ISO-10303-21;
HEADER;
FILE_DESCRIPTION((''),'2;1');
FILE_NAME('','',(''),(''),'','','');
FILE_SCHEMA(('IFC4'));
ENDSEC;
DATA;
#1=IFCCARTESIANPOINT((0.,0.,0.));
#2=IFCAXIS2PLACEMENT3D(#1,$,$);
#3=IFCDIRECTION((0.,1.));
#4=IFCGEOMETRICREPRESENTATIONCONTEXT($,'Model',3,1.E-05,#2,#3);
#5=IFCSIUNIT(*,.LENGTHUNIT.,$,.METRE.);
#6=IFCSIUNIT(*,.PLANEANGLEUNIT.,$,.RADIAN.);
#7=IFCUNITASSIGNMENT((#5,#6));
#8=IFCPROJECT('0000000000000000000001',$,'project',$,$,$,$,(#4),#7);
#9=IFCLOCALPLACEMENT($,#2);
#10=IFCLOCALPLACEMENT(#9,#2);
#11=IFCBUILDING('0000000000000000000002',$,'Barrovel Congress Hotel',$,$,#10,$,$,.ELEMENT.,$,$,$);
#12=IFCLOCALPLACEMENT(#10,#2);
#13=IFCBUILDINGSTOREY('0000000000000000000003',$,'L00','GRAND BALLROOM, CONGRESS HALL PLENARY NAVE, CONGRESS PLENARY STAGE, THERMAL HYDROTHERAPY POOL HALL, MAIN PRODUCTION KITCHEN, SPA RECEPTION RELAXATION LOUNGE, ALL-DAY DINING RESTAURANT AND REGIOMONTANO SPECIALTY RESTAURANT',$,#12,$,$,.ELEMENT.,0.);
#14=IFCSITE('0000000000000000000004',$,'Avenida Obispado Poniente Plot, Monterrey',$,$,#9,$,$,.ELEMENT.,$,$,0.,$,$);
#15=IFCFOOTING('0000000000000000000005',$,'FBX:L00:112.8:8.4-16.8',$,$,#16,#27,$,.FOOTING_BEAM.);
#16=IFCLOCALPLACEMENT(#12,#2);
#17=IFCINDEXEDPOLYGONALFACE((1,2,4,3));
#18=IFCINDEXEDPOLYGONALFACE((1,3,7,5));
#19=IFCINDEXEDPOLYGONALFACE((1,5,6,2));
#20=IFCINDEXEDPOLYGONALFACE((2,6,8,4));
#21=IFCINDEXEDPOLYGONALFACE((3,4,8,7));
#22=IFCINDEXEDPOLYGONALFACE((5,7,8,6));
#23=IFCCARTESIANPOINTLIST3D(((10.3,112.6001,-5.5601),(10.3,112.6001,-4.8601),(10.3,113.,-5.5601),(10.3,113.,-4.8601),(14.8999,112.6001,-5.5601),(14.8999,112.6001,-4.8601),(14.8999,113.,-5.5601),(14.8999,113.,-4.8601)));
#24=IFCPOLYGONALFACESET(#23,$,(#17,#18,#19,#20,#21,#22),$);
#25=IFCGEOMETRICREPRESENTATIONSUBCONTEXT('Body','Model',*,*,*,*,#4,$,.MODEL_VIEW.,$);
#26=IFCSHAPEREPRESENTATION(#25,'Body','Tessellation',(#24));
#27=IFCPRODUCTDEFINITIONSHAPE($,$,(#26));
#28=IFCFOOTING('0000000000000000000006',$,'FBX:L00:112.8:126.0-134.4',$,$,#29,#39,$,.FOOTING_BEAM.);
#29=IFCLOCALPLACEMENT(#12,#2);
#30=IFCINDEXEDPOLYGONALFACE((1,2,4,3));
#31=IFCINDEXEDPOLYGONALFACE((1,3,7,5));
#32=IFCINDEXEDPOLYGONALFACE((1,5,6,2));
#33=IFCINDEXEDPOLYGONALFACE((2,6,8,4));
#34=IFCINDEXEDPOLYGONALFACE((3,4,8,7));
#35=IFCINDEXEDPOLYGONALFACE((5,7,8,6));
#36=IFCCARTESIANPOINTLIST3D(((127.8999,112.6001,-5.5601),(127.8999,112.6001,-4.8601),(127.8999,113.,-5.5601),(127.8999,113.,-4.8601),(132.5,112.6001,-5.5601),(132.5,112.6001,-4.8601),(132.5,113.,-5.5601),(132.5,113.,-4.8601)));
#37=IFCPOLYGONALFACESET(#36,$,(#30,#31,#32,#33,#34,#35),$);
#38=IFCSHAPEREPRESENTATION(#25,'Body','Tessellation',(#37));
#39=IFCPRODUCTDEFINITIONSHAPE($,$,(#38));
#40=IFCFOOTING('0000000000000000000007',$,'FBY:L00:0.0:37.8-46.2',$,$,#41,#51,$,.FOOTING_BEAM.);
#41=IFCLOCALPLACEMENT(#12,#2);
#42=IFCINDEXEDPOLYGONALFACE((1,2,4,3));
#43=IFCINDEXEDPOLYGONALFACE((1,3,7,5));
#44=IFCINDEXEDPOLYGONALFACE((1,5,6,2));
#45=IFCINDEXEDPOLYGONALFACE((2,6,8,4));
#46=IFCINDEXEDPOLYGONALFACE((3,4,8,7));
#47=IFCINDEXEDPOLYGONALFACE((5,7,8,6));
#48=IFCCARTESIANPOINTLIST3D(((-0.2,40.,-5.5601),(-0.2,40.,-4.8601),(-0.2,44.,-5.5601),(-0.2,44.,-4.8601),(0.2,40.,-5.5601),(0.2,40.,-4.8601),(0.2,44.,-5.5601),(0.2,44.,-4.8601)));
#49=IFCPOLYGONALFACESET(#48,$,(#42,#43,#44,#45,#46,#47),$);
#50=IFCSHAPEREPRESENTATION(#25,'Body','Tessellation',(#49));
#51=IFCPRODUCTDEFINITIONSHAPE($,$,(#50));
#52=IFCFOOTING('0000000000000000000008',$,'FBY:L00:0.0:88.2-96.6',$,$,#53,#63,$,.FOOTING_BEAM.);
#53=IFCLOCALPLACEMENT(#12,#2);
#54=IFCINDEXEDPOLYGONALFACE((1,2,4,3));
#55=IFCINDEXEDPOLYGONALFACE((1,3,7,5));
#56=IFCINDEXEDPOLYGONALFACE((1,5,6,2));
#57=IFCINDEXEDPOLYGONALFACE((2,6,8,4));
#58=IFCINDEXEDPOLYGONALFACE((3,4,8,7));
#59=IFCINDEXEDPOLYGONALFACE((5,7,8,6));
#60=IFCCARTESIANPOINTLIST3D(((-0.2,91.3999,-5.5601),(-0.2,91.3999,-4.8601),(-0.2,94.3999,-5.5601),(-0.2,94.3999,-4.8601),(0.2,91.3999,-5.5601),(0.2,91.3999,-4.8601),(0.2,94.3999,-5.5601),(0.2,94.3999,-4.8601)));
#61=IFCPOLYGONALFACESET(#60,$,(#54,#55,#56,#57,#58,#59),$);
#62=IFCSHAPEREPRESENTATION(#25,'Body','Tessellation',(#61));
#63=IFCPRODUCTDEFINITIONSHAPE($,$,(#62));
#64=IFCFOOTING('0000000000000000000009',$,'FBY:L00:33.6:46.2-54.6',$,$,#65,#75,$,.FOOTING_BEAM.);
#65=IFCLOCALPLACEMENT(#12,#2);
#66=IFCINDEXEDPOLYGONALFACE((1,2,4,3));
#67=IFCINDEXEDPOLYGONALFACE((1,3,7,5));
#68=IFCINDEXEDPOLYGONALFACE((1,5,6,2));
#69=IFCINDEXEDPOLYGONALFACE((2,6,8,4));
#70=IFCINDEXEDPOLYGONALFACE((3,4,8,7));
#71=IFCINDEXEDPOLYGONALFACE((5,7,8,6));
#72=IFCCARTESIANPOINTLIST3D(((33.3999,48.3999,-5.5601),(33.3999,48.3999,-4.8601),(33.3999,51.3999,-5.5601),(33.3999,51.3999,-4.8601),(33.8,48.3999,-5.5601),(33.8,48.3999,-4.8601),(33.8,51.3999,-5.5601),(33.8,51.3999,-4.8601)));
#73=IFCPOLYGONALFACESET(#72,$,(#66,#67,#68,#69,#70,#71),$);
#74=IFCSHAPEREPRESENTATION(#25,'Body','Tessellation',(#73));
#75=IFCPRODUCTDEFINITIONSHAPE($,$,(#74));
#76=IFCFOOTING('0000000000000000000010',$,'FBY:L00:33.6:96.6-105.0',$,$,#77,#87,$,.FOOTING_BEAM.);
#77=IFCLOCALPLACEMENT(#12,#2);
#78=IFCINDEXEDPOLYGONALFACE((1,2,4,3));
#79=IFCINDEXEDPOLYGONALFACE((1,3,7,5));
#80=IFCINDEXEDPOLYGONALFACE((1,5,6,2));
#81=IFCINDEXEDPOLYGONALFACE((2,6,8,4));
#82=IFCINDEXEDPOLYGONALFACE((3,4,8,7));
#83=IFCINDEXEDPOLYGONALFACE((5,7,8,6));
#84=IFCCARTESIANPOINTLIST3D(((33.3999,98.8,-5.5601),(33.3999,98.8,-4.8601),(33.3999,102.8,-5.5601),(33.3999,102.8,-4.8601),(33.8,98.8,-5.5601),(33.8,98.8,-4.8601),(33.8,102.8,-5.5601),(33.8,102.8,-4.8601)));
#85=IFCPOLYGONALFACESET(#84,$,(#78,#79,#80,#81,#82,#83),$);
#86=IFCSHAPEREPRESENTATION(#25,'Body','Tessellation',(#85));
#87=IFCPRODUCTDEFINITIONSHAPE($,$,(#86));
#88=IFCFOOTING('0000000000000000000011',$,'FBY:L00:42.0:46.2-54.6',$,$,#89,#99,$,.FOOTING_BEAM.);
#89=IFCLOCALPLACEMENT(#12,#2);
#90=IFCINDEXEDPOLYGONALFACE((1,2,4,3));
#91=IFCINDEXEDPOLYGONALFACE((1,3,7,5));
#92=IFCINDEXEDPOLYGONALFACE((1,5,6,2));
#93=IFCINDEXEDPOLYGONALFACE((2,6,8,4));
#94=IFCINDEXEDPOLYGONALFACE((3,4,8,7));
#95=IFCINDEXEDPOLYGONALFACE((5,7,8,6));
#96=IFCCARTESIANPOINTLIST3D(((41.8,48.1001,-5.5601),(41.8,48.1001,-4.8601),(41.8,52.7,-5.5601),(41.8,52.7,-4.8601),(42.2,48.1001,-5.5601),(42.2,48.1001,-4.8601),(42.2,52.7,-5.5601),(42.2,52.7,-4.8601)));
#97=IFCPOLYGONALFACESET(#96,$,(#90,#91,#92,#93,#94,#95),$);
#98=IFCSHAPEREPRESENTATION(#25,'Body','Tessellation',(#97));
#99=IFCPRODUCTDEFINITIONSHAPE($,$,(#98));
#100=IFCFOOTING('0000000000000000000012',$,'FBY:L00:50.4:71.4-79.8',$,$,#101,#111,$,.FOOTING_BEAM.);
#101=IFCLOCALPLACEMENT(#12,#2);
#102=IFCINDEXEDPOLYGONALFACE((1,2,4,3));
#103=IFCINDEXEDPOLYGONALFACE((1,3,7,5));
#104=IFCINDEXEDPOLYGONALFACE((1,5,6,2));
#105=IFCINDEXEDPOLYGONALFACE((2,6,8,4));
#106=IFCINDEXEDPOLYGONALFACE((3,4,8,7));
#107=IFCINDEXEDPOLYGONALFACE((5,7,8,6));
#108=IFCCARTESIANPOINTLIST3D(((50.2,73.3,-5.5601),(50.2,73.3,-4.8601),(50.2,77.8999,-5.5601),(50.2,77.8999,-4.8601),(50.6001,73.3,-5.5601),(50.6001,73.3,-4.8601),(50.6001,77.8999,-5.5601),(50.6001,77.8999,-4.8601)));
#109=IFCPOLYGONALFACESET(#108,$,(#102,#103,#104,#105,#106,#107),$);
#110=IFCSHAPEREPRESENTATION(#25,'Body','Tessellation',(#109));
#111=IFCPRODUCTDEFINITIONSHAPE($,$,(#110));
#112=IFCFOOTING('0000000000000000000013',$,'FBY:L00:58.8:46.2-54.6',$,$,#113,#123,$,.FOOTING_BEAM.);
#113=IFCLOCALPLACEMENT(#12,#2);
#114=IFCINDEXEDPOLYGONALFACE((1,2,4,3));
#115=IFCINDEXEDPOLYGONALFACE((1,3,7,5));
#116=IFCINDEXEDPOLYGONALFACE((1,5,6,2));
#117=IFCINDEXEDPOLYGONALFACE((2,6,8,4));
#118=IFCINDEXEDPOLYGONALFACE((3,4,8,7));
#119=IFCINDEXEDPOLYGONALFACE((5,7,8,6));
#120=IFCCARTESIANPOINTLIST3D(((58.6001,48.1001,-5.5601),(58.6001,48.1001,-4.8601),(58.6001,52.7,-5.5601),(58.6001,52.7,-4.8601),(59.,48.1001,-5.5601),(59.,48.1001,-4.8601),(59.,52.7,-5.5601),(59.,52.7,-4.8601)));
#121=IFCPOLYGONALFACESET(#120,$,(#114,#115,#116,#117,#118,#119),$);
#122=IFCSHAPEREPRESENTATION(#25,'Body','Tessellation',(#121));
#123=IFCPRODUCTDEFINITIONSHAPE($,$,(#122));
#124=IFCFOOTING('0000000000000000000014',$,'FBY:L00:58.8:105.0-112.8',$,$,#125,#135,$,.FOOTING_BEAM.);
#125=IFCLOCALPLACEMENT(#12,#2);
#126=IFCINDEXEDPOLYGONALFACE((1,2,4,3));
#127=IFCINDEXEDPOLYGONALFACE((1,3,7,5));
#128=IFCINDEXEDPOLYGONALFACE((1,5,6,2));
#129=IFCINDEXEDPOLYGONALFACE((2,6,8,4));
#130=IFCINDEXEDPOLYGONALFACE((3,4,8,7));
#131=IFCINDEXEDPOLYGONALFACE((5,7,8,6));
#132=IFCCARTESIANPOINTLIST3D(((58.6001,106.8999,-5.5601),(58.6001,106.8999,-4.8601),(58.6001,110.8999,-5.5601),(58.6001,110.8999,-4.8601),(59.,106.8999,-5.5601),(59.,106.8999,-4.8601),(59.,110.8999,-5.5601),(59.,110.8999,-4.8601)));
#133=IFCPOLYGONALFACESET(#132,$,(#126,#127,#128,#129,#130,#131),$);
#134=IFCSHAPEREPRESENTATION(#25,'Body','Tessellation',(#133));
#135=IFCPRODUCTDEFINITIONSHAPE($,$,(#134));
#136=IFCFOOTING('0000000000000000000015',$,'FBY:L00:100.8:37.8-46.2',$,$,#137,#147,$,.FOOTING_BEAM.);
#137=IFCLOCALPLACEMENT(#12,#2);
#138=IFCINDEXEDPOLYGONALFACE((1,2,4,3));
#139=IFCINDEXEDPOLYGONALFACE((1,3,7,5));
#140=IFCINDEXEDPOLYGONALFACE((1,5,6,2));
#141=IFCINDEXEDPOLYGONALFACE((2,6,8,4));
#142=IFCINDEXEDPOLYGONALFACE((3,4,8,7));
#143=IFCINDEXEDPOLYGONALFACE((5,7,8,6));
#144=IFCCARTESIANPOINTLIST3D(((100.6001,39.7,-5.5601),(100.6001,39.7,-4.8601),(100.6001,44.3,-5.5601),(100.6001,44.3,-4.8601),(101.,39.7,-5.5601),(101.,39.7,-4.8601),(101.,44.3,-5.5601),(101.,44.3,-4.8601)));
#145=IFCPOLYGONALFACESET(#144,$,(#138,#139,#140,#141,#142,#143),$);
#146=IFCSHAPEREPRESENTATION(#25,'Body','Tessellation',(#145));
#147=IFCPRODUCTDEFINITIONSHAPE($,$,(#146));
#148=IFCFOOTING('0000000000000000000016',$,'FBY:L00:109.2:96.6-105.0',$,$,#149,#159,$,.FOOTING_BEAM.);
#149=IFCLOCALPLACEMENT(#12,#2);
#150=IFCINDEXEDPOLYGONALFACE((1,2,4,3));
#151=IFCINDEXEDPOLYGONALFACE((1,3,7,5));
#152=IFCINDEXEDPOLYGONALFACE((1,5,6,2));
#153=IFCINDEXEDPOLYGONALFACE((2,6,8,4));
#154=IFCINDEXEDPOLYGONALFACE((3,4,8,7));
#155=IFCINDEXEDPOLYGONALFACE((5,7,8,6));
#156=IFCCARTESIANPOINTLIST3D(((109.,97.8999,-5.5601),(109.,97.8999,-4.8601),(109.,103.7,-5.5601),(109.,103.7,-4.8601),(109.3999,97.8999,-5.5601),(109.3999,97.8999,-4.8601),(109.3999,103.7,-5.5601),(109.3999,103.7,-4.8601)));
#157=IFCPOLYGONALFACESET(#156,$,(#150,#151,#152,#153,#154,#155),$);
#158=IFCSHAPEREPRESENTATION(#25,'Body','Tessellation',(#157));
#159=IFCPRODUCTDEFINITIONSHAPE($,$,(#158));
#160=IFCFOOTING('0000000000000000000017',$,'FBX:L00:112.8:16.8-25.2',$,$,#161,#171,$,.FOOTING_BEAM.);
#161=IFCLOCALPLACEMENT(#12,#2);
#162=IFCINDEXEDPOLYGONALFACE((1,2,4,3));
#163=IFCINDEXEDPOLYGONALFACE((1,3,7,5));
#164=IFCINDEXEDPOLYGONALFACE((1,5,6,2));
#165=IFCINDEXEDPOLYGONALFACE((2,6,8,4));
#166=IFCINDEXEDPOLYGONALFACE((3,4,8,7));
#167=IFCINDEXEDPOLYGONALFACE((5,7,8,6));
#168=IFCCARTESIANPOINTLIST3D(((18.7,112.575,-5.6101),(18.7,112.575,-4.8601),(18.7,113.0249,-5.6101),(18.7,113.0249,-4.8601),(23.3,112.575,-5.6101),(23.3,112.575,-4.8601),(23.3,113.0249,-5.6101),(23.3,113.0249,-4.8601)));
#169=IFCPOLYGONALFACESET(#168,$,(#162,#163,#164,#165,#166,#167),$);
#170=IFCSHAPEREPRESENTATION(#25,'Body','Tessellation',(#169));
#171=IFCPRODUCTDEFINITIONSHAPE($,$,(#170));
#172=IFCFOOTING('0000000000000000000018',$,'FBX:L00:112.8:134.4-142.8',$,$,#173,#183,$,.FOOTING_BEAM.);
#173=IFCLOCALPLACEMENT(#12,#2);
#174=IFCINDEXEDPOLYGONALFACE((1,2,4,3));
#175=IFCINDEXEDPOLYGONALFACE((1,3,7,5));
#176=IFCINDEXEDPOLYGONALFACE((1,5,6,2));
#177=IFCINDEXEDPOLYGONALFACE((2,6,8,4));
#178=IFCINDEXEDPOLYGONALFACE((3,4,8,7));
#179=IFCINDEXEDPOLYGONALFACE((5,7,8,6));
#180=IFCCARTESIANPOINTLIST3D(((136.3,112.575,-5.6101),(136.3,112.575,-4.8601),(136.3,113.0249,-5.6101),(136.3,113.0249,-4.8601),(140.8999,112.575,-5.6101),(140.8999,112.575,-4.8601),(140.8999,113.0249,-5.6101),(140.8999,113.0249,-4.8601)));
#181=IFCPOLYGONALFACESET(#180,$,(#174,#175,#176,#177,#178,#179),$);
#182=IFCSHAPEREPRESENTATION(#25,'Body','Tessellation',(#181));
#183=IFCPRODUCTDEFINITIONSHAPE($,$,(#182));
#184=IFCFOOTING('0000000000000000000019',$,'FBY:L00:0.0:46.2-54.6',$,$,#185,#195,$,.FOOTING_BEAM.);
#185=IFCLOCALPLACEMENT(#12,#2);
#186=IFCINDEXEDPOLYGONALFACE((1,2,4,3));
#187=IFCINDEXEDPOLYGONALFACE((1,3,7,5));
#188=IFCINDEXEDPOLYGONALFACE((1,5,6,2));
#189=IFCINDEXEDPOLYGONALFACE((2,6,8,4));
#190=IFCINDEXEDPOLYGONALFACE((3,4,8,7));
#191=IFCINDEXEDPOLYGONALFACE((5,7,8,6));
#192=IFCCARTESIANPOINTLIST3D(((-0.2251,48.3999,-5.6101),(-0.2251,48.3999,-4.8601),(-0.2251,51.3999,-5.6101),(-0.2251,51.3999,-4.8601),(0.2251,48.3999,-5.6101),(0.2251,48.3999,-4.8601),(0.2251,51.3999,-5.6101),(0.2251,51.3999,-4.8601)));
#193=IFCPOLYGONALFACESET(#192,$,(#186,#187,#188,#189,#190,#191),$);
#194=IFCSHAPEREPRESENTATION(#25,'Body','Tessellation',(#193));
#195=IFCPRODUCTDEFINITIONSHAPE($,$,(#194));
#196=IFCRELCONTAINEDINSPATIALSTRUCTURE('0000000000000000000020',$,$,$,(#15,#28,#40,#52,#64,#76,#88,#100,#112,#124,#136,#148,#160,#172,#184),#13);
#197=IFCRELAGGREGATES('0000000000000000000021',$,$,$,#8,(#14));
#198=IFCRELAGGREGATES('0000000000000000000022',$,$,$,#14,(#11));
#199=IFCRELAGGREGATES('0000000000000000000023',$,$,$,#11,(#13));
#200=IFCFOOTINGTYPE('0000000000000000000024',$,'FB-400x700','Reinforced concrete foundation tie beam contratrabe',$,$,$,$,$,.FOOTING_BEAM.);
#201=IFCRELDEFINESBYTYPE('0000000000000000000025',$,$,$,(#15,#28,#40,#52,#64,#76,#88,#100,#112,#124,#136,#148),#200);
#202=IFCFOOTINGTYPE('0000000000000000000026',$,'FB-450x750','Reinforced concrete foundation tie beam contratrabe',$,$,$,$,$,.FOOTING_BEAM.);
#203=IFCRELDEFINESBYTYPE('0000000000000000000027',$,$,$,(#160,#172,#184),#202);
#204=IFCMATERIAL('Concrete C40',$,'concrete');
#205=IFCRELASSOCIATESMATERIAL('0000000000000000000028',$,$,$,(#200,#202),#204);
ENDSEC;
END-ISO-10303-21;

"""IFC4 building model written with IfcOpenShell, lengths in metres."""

from ifc_helpers import new_model, si_unit, direction, frame, origin, place, context, subcontext, project, spatial, polyline, outline, extrude, material, type_object, element, save


model = new_model("IFC4")

# Units and contexts
model_context = context("Model", 3, precision=1e-05, world=origin(), true_north=direction((0.0, 1.0)))
body_context = subcontext(model_context, "Body", "Model", "MODEL_VIEW")
ifc_project = project(units=[si_unit("LENGTHUNIT", "METRE"), si_unit("PLANEANGLEUNIT", "RADIAN")], contexts=[model_context])

# Site, building, storey
site_placement = place(None, origin())
site = spatial("IfcSite", under=ifc_project, at=site_placement, Name="Avenida Obispado Poniente Plot, Monterrey", CompositionType="ELEMENT", RefElevation=0.0)
building_placement = place(site_placement, origin())
building = spatial("IfcBuilding", under=site, at=building_placement, Name="Barrovel Congress Hotel", CompositionType="ELEMENT")
storey_placement = place(building_placement, origin())
storey = spatial("IfcBuildingStorey", under=building, at=storey_placement, Name="L00", Description="GRAND BALLROOM, CONGRESS HALL PLENARY NAVE, CONGRESS PLENARY STAGE, THERMAL HYDROTHERAPY POOL HALL, MAIN PRODUCTION KITCHEN, SPA RECEPTION RELAXATION LOUNGE, ALL-DAY DINING RESTAURANT AND REGIOMONTANO SPECIALTY RESTAURANT", CompositionType="ELEMENT", Elevation=0.0)

# Footings
ifc_material = material(Name="Concrete C40", Category="concrete")
footing_type_1 = type_object("IfcFootingType", Name="FB-400x700", Description="Reinforced concrete foundation tie beam contratrabe", PredefinedType="FOOTING_BEAM", material=ifc_material)
footing_1_placement = place(storey_placement, frame((0.0, 0.0, -5.5601)))
element("IfcFooting", 1, at=footing_1_placement, inside=storey, type_object=footing_type_1, Name="FBX:L00:112.8:8.4-16.8", PredefinedType="FOOTING_BEAM", context=body_context, shape_type="SweptSolid", body=[
    extrude(outline(polyline([(10.3, 112.6001), (14.8999, 112.6001), (14.8999, 113.0), (10.3, 113.0), (10.3, 112.6001)])), origin(), (0.0, 0.0, 1.0), 0.7),
])
footing_2_placement = place(storey_placement, frame((0.0, 0.0, -5.5601)))
element("IfcFooting", 2, at=footing_2_placement, inside=storey, type_object=footing_type_1, Name="FBX:L00:112.8:126.0-134.4", PredefinedType="FOOTING_BEAM", context=body_context, shape_type="SweptSolid", body=[
    extrude(outline(polyline([(127.8999, 112.6001), (132.5, 112.6001), (132.5, 113.0), (127.8999, 113.0), (127.8999, 112.6001)])), origin(), (0.0, 0.0, 1.0), 0.7),
])
footing_3_placement = place(storey_placement, frame((0.0, 0.0, -5.5601)))
element("IfcFooting", 3, at=footing_3_placement, inside=storey, type_object=footing_type_1, Name="FBY:L00:0.0:37.8-46.2", PredefinedType="FOOTING_BEAM", context=body_context, shape_type="SweptSolid", body=[
    extrude(outline(polyline([(-0.2, 40.0), (0.2, 40.0), (0.2, 44.0), (-0.2, 44.0), (-0.2, 40.0)])), origin(), (0.0, 0.0, 1.0), 0.7),
])
footing_4_placement = place(storey_placement, frame((0.0, 0.0, -5.5601)))
element("IfcFooting", 4, at=footing_4_placement, inside=storey, type_object=footing_type_1, Name="FBY:L00:0.0:88.2-96.6", PredefinedType="FOOTING_BEAM", context=body_context, shape_type="SweptSolid", body=[
    extrude(outline(polyline([(-0.2, 91.3999), (0.2, 91.3999), (0.2, 94.3999), (-0.2, 94.3999), (-0.2, 91.3999)])), origin(), (0.0, 0.0, 1.0), 0.7),
])
footing_5_placement = place(storey_placement, frame((0.0, 0.0, -5.5601)))
element("IfcFooting", 5, at=footing_5_placement, inside=storey, type_object=footing_type_1, Name="FBY:L00:33.6:46.2-54.6", PredefinedType="FOOTING_BEAM", context=body_context, shape_type="SweptSolid", body=[
    extrude(outline(polyline([(33.3999, 48.3999), (33.8, 48.3999), (33.8, 51.3999), (33.3999, 51.3999), (33.3999, 48.3999)])), origin(), (0.0, 0.0, 1.0), 0.7),
])
footing_6_placement = place(storey_placement, frame((0.0, 0.0, -5.5601)))
element("IfcFooting", 6, at=footing_6_placement, inside=storey, type_object=footing_type_1, Name="FBY:L00:33.6:96.6-105.0", PredefinedType="FOOTING_BEAM", context=body_context, shape_type="SweptSolid", body=[
    extrude(outline(polyline([(33.3999, 98.8), (33.8, 98.8), (33.8, 102.8), (33.3999, 102.8), (33.3999, 98.8)])), origin(), (0.0, 0.0, 1.0), 0.7),
])
footing_7_placement = place(storey_placement, frame((0.0, 0.0, -5.5601)))
element("IfcFooting", 7, at=footing_7_placement, inside=storey, type_object=footing_type_1, Name="FBY:L00:42.0:46.2-54.6", PredefinedType="FOOTING_BEAM", context=body_context, shape_type="SweptSolid", body=[
    extrude(outline(polyline([(41.8, 48.1001), (42.2, 48.1001), (42.2, 52.7), (41.8, 52.7), (41.8, 48.1001)])), origin(), (0.0, 0.0, 1.0), 0.7),
])
footing_8_placement = place(storey_placement, frame((0.0, 0.0, -5.5601)))
element("IfcFooting", 8, at=footing_8_placement, inside=storey, type_object=footing_type_1, Name="FBY:L00:50.4:71.4-79.8", PredefinedType="FOOTING_BEAM", context=body_context, shape_type="SweptSolid", body=[
    extrude(outline(polyline([(50.2, 73.3), (50.6001, 73.3), (50.6001, 77.8999), (50.2, 77.8999), (50.2, 73.3)])), origin(), (0.0, 0.0, 1.0), 0.7),
])
footing_9_placement = place(storey_placement, frame((0.0, 0.0, -5.5601)))
element("IfcFooting", 9, at=footing_9_placement, inside=storey, type_object=footing_type_1, Name="FBY:L00:58.8:46.2-54.6", PredefinedType="FOOTING_BEAM", context=body_context, shape_type="SweptSolid", body=[
    extrude(outline(polyline([(58.6001, 48.1001), (59.0, 48.1001), (59.0, 52.7), (58.6001, 52.7), (58.6001, 48.1001)])), origin(), (0.0, 0.0, 1.0), 0.7),
])
footing_10_placement = place(storey_placement, frame((0.0, 0.0, -5.5601)))
element("IfcFooting", 10, at=footing_10_placement, inside=storey, type_object=footing_type_1, Name="FBY:L00:58.8:105.0-112.8", PredefinedType="FOOTING_BEAM", context=body_context, shape_type="SweptSolid", body=[
    extrude(outline(polyline([(58.6001, 106.8999), (59.0, 106.8999), (59.0, 110.8999), (58.6001, 110.8999), (58.6001, 106.8999)])), origin(), (0.0, 0.0, 1.0), 0.7),
])
footing_11_placement = place(storey_placement, frame((0.0, 0.0, -5.5601)))
element("IfcFooting", 11, at=footing_11_placement, inside=storey, type_object=footing_type_1, Name="FBY:L00:100.8:37.8-46.2", PredefinedType="FOOTING_BEAM", context=body_context, shape_type="SweptSolid", body=[
    extrude(outline(polyline([(100.6001, 39.7), (101.0, 39.7), (101.0, 44.3), (100.6001, 44.3), (100.6001, 39.7)])), origin(), (0.0, 0.0, 1.0), 0.7),
])
footing_12_placement = place(storey_placement, frame((0.0, 0.0, -5.5601)))
element("IfcFooting", 12, at=footing_12_placement, inside=storey, type_object=footing_type_1, Name="FBY:L00:109.2:96.6-105.0", PredefinedType="FOOTING_BEAM", context=body_context, shape_type="SweptSolid", body=[
    extrude(outline(polyline([(109.0, 97.8999), (109.3999, 97.8999), (109.3999, 103.7), (109.0, 103.7), (109.0, 97.8999)])), origin(), (0.0, 0.0, 1.0), 0.7),
])
footing_type_2 = type_object("IfcFootingType", Name="FB-450x750", Description="Reinforced concrete foundation tie beam contratrabe", PredefinedType="FOOTING_BEAM", material=ifc_material)
footing_13_placement = place(storey_placement, frame((0.0, 0.0, -5.6101)))
element("IfcFooting", 13, at=footing_13_placement, inside=storey, type_object=footing_type_2, Name="FBX:L00:112.8:16.8-25.2", PredefinedType="FOOTING_BEAM", context=body_context, shape_type="SweptSolid", body=[
    extrude(outline(polyline([(18.7, 112.575), (23.3, 112.575), (23.3, 113.0249), (18.7, 113.0249), (18.7, 112.575)])), origin(), (0.0, 0.0, 1.0), 0.75),
])
footing_14_placement = place(storey_placement, frame((0.0, 0.0, -5.6101)))
element("IfcFooting", 14, at=footing_14_placement, inside=storey, type_object=footing_type_2, Name="FBX:L00:112.8:134.4-142.8", PredefinedType="FOOTING_BEAM", context=body_context, shape_type="SweptSolid", body=[
    extrude(outline(polyline([(136.3, 112.575), (140.8999, 112.575), (140.8999, 113.0249), (136.3, 113.0249), (136.3, 112.575)])), origin(), (0.0, 0.0, 1.0), 0.75),
])
footing_15_placement = place(storey_placement, frame((0.0, 0.0, -5.6101)))
element("IfcFooting", 15, at=footing_15_placement, inside=storey, type_object=footing_type_2, Name="FBY:L00:0.0:46.2-54.6", PredefinedType="FOOTING_BEAM", context=body_context, shape_type="SweptSolid", body=[
    extrude(outline(polyline([(-0.2251, 48.3999), (0.2251, 48.3999), (0.2251, 51.3999), (-0.2251, 51.3999), (-0.2251, 48.3999)])), origin(), (0.0, 0.0, 1.0), 0.75),
])

save(model, "model.ifc")
